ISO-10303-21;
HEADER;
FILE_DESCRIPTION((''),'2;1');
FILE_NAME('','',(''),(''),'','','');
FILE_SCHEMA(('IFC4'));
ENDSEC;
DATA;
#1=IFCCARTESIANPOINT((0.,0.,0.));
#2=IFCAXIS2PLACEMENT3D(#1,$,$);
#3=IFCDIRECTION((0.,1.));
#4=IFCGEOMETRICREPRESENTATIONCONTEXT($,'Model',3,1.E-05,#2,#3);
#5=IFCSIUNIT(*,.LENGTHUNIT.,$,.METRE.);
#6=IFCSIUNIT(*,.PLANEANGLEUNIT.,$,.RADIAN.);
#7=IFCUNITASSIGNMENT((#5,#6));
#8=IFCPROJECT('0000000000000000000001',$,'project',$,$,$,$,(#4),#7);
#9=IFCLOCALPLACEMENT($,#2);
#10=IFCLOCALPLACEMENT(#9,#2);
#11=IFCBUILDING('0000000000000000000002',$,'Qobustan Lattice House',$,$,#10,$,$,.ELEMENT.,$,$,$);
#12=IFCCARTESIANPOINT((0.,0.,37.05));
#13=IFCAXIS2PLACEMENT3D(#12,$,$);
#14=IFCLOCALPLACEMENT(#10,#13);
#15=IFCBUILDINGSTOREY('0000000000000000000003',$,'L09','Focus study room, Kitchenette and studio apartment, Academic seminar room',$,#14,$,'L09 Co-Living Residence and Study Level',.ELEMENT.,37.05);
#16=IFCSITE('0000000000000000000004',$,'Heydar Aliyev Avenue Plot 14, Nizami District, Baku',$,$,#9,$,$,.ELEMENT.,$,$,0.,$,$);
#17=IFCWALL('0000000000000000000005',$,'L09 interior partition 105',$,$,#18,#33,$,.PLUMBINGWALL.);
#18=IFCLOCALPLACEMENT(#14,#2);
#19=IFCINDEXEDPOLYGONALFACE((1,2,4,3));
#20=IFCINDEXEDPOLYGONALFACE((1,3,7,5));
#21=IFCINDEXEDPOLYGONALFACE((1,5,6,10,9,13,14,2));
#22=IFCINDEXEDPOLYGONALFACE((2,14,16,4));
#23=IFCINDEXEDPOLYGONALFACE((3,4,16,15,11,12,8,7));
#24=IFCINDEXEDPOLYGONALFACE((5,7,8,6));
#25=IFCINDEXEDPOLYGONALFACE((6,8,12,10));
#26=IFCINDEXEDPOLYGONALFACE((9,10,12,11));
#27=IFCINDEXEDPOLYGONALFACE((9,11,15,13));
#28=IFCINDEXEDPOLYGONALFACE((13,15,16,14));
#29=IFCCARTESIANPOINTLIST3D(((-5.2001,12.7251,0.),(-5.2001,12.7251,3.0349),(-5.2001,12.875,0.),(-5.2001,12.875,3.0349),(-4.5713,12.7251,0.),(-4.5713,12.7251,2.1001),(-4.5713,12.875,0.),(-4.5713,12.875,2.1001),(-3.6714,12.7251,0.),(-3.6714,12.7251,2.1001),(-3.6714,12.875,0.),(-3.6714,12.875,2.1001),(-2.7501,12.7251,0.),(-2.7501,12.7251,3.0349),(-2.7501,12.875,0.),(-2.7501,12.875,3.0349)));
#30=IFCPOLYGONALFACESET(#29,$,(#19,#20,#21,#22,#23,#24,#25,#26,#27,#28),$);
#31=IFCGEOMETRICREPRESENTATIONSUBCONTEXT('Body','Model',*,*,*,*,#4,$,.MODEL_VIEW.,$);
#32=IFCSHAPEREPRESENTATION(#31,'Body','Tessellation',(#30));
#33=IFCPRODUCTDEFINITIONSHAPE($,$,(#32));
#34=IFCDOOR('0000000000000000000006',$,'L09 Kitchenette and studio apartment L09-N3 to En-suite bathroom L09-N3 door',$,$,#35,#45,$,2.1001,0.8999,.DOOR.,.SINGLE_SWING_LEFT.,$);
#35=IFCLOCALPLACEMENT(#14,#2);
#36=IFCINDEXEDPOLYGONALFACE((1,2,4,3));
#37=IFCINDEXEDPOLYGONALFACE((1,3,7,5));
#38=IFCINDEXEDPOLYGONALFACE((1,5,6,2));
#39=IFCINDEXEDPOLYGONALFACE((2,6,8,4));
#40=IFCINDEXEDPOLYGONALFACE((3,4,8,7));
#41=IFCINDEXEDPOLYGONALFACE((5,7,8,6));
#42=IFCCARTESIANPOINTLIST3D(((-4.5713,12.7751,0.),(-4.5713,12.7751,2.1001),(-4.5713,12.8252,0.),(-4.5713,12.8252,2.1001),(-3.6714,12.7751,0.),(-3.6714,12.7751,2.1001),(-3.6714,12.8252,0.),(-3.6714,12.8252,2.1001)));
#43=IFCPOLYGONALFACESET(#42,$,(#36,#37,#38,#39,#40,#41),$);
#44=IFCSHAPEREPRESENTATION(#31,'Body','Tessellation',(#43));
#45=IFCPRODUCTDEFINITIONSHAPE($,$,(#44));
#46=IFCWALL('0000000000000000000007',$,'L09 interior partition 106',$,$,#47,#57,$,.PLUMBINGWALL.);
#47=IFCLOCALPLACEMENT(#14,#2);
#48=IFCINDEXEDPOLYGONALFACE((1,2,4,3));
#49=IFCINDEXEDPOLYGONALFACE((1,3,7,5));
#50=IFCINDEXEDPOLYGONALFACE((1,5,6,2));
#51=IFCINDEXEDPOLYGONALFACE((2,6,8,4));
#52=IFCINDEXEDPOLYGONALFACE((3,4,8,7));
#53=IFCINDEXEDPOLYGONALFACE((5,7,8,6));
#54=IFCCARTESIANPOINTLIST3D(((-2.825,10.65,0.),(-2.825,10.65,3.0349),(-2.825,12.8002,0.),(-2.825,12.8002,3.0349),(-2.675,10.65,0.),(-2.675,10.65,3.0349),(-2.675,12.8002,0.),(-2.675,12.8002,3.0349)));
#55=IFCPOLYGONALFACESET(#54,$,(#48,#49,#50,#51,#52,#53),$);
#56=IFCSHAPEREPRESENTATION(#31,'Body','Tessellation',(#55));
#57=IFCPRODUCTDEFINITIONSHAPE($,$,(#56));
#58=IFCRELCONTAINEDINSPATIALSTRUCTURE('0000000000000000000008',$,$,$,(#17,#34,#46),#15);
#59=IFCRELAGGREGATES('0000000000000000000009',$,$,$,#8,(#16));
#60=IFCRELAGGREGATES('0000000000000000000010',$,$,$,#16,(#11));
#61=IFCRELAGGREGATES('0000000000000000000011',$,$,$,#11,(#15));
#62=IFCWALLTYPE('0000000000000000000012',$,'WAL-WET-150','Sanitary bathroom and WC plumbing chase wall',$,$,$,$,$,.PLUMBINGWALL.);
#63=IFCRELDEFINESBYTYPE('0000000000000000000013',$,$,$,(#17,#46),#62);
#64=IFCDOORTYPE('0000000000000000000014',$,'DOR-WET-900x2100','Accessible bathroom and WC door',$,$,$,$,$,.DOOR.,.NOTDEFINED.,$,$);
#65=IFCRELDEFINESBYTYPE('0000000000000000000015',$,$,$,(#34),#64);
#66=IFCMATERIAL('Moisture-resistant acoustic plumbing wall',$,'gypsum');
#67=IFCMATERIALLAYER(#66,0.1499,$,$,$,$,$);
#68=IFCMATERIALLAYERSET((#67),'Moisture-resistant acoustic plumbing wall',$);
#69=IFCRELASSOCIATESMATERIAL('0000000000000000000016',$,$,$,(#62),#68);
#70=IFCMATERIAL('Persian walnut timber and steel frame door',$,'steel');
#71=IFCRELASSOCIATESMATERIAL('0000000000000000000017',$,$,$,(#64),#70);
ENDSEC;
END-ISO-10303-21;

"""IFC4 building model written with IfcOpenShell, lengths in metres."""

from ifc_helpers import new_model, si_unit, direction, frame, frame_2d, origin, place, context, subcontext, project, spatial, rectangle, extrude, material, layer, layer_set, type_object, element, fill, save


model = new_model("IFC4")

# Units and contexts
model_context = context("Model", 3, precision=1e-05, world=origin(), true_north=direction((0.0, 1.0)))
body_context = subcontext(model_context, "Body", "Model", "MODEL_VIEW")
ifc_project = project(units=[si_unit("LENGTHUNIT", "METRE"), si_unit("PLANEANGLEUNIT", "RADIAN")], contexts=[model_context])

# Site, building, storey
site_placement = place(None, origin())
site = spatial("IfcSite", under=ifc_project, at=site_placement, Name="Heydar Aliyev Avenue Plot 14, Nizami District, Baku", CompositionType="ELEMENT", RefElevation=0.0)
building_placement = place(site_placement, origin())
building = spatial("IfcBuilding", under=site, at=building_placement, Name="Qobustan Lattice House", CompositionType="ELEMENT")
storey_placement = place(building_placement, frame((0.0, 0.0, 37.05)))
storey = spatial("IfcBuildingStorey", under=building, at=storey_placement, Name="L09", Description="Focus study room, Kitchenette and studio apartment, Academic seminar room", LongName="L09 Co-Living Residence and Study Level", CompositionType="ELEMENT", Elevation=37.05)

# Shared definitions
ifc_material_1 = material(Name="Moisture-resistant acoustic plumbing wall", Category="gypsum")
ifc_layer_1 = layer(ifc_material_1, 0.1499)
ifc_layer_set_1 = layer_set([ifc_layer_1], Name="Moisture-resistant acoustic plumbing wall")
wall_type_1 = type_object("IfcWallType", Name="WAL-WET-150", Description="Sanitary bathroom and WC plumbing chase wall", PredefinedType="PLUMBINGWALL", material=ifc_layer_set_1)
ifc_material_2 = material(Name="Persian walnut timber and steel frame door", Category="steel")
door_type_1 = type_object("IfcDoorType", Name="DOR-WET-900x2100", Description="Accessible bathroom and WC door", OperationType="NOTDEFINED", PredefinedType="DOOR", material=ifc_material_2)

# Wall, opening, door
wall_1_placement = place(storey_placement, frame((-2.75, 12.8, 0.0), z_axis=(0.0, 0.0, 1.0), x_axis=(-1.0, 0.0, 0.0)))
wall_1 = element("IfcWall", 1, at=wall_1_placement, inside=storey, type_object=wall_type_1, Name="L09 interior partition 105", PredefinedType="PLUMBINGWALL", context=body_context, shape_type="SweptSolid", body=[
    extrude(rectangle(XDim=2.45, YDim=0.1499, at=frame_2d((1.2251, 0.0))), origin(), (0.0, 0.0, 1.0), 3.0349),
])
opening_1_placement = place(wall_1_placement, frame((0.9214, 0.0, 0.0)))
opening_1 = element("IfcOpeningElement", 2, at=opening_1_placement, cuts=wall_1, PredefinedType="OPENING", context=body_context, shape_type="SweptSolid", body=[
    extrude(rectangle(XDim=0.8999, YDim=2.1001, at=frame_2d((0.45, 1.05))), frame((0.0, 0.085, 0.0), z_axis=(0.0, -1.0, 0.0), x_axis=(1.0, 0.0, 0.0)), (0.0, 0.0, 1.0), 0.1699),
])
door_1_placement = place(opening_1_placement, origin())
door_1 = element("IfcDoor", 3, at=door_1_placement, inside=storey, type_object=door_type_1, Name="L09 Kitchenette and studio apartment L09-N3 to En-suite bathroom L09-N3 door", OperationType="SINGLE_SWING_LEFT", OverallHeight=2.1001, OverallWidth=0.8999, PredefinedType="DOOR", context=body_context, shape_type="SweptSolid", body=[
    extrude(rectangle(XDim=0.8999, YDim=2.1001, at=frame_2d((0.45, 1.05))), frame((0.0, 0.0249, 0.0), z_axis=(0.0, -1.0, 0.0), x_axis=(1.0, 0.0, 0.0)), (0.0, 0.0, 1.0), 0.05),
])
fill(opening_1, door_1)

# Wall
wall_2_placement = place(storey_placement, frame((-2.75, 10.6499, 0.0), z_axis=(0.0, 0.0, 1.0), x_axis=(0.0, 1.0, 0.0)))
element("IfcWall", 4, at=wall_2_placement, inside=storey, type_object=wall_type_1, Name="L09 interior partition 106", PredefinedType="PLUMBINGWALL", context=body_context, shape_type="SweptSolid", body=[
    extrude(rectangle(XDim=2.1501, YDim=0.1499, at=frame_2d((1.0752, 0.0))), origin(), (0.0, 0.0, 1.0), 3.0349),
])

save(model, "model.ifc")
